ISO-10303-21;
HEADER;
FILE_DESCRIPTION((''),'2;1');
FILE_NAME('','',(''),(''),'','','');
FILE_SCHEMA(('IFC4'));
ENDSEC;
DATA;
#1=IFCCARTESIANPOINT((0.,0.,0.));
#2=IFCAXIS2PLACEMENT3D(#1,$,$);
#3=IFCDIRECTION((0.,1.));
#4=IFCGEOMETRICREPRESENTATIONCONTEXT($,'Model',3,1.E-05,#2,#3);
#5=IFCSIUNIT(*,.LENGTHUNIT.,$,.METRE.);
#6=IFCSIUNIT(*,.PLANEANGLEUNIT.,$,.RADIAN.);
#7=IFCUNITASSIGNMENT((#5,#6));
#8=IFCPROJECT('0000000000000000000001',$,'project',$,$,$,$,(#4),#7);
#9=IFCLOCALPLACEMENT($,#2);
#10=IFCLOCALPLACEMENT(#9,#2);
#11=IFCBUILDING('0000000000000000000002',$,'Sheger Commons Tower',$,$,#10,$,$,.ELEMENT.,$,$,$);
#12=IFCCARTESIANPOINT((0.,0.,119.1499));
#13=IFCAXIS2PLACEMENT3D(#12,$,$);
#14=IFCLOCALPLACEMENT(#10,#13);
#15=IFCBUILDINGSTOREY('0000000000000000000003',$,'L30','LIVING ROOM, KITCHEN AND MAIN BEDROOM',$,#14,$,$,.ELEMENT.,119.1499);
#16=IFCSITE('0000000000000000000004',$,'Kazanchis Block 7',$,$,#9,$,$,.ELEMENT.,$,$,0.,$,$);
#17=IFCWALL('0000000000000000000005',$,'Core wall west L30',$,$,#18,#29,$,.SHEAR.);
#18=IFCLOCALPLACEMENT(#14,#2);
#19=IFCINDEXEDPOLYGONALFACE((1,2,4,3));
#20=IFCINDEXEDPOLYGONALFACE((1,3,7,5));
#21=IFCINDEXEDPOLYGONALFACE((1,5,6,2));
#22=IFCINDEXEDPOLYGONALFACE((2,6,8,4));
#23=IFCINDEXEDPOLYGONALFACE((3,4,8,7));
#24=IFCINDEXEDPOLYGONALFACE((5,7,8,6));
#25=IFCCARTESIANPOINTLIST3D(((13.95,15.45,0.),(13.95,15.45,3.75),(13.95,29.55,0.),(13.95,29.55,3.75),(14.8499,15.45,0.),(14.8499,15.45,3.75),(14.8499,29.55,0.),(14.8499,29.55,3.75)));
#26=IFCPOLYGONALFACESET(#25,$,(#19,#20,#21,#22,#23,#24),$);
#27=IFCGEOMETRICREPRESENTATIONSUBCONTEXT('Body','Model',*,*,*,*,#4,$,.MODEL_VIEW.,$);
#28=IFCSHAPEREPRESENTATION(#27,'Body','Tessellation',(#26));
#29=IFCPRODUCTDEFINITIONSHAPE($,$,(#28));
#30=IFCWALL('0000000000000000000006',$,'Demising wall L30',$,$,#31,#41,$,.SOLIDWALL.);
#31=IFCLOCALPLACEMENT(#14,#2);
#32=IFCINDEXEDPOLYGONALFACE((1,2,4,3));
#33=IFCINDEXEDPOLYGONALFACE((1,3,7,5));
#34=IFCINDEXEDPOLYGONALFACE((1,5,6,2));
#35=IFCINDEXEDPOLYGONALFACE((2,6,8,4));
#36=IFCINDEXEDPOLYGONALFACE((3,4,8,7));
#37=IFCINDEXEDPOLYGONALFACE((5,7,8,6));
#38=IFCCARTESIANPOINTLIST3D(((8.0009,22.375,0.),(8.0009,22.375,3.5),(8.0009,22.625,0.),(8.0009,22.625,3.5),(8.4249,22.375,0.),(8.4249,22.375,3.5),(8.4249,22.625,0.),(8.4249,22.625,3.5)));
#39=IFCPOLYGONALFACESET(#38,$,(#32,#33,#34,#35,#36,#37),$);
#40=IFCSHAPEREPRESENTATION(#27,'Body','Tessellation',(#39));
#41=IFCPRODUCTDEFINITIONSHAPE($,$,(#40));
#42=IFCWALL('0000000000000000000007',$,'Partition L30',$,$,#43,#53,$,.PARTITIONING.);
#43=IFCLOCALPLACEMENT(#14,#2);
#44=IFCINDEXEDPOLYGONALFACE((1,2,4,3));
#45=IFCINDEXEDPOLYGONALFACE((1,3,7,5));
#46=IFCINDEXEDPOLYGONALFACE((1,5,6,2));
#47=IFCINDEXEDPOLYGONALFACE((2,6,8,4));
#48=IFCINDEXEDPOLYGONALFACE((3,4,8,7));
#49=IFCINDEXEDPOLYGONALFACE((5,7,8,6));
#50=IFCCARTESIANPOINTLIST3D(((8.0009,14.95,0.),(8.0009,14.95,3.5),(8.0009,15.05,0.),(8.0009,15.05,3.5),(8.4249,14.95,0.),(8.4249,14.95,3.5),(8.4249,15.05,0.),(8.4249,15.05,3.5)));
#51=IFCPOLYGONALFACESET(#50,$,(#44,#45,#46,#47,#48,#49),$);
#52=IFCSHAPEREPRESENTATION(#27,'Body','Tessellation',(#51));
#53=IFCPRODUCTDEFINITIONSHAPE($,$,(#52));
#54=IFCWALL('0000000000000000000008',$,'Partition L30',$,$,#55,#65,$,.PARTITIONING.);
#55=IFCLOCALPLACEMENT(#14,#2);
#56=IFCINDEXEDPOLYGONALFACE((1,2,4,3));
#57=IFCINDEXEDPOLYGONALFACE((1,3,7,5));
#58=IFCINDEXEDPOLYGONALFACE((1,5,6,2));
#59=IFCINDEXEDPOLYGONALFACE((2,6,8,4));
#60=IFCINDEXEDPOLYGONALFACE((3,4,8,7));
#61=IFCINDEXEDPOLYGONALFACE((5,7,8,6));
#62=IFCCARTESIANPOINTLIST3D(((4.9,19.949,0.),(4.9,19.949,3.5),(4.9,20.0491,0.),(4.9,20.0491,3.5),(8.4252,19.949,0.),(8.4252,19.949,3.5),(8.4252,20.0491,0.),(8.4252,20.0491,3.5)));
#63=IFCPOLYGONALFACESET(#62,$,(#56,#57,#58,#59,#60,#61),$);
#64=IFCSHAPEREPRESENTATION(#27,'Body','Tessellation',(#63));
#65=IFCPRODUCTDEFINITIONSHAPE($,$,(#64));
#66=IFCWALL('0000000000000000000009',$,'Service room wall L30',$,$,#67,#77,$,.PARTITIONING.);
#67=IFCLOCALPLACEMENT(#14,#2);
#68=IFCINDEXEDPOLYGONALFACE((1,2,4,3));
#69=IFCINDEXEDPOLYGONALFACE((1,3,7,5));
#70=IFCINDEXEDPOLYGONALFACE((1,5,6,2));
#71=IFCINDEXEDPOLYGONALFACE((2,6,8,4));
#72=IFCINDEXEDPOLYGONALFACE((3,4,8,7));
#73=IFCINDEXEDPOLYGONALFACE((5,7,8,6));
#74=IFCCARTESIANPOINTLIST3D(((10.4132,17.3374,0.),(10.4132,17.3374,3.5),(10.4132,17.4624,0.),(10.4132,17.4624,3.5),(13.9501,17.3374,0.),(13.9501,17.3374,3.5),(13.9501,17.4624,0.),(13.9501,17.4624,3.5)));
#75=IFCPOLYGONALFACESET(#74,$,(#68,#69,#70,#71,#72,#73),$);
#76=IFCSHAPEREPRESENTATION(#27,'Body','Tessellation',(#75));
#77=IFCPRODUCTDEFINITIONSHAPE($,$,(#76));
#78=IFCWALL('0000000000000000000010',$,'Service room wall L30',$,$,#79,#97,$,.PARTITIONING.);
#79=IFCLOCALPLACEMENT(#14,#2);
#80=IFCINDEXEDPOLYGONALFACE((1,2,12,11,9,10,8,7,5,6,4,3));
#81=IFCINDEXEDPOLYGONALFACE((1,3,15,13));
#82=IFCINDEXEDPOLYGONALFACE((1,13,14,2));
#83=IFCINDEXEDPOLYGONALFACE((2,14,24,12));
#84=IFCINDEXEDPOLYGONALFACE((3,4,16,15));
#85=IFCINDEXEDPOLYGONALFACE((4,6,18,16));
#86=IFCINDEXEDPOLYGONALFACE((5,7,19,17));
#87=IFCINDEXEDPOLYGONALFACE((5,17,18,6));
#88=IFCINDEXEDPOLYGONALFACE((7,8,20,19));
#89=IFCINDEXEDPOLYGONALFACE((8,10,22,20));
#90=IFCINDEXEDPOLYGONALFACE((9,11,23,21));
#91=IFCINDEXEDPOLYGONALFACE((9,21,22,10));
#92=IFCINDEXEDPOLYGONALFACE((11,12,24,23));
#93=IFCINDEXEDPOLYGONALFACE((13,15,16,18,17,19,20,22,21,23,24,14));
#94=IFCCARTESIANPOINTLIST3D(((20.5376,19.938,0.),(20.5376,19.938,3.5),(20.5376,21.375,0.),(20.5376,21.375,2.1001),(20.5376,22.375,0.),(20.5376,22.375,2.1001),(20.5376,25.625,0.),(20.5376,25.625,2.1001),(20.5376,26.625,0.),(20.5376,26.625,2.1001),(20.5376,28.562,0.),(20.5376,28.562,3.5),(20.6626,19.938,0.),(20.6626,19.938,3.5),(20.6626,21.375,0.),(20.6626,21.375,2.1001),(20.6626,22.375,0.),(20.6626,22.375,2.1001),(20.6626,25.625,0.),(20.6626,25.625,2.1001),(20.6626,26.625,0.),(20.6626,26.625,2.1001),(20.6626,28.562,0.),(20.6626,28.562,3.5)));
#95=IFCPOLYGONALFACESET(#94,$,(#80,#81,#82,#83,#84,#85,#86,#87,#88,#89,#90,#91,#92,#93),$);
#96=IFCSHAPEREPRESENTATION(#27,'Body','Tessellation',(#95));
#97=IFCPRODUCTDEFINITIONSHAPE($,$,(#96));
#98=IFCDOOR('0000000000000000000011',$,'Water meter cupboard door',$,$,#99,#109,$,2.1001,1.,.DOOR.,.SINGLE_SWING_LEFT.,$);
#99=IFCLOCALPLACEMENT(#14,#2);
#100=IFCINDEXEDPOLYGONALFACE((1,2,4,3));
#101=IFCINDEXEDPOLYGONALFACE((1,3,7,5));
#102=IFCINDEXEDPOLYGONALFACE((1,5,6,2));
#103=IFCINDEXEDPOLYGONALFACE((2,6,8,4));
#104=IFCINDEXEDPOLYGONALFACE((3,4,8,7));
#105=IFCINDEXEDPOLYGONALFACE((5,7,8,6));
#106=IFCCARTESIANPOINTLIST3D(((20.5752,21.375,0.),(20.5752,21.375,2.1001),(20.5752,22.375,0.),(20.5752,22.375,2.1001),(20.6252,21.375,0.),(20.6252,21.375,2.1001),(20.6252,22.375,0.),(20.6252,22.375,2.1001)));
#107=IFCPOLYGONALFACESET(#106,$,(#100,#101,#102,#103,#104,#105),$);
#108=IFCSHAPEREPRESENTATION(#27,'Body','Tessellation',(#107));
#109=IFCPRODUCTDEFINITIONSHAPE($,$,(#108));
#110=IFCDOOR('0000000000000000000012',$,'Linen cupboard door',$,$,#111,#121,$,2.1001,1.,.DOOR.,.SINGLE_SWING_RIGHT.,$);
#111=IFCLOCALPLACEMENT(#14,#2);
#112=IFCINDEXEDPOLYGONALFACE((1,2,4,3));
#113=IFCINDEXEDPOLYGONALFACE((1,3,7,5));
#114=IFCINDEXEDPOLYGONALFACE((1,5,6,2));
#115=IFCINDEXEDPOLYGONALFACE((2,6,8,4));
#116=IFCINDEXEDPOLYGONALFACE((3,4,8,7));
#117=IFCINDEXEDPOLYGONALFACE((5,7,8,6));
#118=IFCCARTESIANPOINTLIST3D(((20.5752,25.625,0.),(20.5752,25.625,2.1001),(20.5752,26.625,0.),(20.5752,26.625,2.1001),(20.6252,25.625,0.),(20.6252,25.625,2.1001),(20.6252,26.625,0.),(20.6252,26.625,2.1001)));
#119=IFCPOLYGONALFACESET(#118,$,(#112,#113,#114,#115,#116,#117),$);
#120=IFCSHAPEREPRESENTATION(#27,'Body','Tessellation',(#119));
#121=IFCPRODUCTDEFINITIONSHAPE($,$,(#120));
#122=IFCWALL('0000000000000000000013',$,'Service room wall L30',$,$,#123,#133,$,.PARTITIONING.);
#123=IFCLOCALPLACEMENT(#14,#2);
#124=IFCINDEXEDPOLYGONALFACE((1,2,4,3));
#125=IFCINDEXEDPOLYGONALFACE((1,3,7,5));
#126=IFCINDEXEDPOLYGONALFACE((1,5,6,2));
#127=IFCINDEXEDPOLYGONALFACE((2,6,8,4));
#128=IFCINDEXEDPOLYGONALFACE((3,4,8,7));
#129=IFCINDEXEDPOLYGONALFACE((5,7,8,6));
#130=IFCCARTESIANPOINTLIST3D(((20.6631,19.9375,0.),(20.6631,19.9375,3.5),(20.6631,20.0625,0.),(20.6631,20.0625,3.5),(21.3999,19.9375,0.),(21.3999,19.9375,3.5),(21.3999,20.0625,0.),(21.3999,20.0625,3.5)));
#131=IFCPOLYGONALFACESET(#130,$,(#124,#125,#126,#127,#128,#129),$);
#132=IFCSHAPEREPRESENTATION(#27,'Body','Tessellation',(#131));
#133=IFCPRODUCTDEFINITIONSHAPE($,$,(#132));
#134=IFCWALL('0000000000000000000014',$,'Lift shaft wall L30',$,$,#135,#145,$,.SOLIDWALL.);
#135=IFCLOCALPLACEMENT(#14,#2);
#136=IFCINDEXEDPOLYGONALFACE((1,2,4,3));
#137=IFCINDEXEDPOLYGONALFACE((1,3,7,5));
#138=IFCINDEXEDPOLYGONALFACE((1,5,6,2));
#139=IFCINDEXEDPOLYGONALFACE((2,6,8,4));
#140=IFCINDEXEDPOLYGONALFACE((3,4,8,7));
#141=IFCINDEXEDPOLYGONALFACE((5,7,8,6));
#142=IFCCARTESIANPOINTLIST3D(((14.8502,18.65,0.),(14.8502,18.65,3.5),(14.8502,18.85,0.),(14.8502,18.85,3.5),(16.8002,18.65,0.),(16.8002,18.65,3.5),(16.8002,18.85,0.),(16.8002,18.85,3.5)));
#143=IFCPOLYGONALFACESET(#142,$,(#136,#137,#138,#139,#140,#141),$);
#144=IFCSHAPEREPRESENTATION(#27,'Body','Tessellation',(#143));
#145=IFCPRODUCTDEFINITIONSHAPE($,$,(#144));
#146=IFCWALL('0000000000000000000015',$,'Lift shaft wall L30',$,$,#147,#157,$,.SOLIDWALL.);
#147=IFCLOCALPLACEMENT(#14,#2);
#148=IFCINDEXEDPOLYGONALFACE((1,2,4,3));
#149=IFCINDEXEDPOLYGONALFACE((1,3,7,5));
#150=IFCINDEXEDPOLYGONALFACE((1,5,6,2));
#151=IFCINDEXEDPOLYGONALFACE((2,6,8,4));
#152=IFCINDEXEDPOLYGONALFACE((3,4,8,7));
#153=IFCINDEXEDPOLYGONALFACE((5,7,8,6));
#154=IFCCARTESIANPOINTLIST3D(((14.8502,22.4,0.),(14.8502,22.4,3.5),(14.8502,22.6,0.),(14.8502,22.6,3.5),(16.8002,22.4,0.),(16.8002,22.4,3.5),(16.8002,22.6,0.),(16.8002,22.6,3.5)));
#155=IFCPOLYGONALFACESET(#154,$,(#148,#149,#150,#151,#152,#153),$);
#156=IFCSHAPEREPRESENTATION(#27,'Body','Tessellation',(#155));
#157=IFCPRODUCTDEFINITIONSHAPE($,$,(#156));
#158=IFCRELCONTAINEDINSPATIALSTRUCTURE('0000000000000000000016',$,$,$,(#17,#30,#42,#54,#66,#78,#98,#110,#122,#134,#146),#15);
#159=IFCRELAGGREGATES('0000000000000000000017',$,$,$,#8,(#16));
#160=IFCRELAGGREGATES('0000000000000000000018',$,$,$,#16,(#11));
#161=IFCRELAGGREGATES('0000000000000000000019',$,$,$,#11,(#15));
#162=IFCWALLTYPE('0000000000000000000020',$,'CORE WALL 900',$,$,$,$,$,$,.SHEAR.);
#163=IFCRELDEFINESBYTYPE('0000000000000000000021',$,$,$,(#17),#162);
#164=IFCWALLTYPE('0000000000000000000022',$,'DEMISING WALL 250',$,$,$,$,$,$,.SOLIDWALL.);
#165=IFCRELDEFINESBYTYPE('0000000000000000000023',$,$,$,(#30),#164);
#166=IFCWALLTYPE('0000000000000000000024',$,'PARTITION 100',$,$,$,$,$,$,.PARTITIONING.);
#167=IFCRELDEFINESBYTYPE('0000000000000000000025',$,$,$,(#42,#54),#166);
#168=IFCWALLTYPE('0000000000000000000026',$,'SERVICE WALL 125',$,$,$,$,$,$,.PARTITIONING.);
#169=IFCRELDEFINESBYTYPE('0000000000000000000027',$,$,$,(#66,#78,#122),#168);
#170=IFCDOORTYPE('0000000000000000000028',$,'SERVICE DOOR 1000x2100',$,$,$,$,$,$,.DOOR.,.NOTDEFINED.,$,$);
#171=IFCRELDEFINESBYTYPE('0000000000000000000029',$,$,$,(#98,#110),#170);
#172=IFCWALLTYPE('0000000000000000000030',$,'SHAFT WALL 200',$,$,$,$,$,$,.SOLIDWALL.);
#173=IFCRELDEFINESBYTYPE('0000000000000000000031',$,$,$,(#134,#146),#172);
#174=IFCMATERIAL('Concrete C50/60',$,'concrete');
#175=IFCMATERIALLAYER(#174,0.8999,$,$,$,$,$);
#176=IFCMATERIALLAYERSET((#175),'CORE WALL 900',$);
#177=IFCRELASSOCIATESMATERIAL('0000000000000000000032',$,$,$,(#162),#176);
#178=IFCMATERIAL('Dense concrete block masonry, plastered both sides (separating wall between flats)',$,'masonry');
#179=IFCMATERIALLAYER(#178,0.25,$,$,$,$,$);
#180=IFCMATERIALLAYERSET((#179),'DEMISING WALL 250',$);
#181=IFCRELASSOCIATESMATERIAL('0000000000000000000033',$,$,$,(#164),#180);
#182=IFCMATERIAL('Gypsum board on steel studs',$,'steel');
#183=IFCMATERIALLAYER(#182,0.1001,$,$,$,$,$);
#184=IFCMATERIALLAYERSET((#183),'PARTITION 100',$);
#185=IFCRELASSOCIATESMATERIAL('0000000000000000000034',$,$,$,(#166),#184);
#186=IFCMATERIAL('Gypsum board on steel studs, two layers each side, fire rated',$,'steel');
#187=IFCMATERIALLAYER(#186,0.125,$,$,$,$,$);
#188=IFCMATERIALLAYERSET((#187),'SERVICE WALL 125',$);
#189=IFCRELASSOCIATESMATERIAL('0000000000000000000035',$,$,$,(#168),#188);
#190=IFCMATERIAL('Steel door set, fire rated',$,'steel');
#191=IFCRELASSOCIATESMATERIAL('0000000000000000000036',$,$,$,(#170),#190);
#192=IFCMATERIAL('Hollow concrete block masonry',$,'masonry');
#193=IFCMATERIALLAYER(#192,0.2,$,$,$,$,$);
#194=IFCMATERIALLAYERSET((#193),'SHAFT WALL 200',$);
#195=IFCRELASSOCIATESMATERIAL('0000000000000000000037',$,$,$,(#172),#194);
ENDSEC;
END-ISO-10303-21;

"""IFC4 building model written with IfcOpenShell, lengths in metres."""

from ifc_helpers import new_model, si_unit, direction, frame, frame_2d, origin, place, context, subcontext, project, spatial, rectangle, extrude, material, layer, layer_set, type_object, element, fill, save


model = new_model("IFC4")

# Units and contexts
model_context = context("Model", 3, precision=1e-05, world=origin(), true_north=direction((0.0, 1.0)))
body_context = subcontext(model_context, "Body", "Model", "MODEL_VIEW")
ifc_project = project(units=[si_unit("LENGTHUNIT", "METRE"), si_unit("PLANEANGLEUNIT", "RADIAN")], contexts=[model_context])

# Site, building, storey
site_placement = place(None, origin())
site = spatial("IfcSite", under=ifc_project, at=site_placement, Name="Kazanchis Block 7", CompositionType="ELEMENT", RefElevation=0.0)
building_placement = place(site_placement, origin())
building = spatial("IfcBuilding", under=site, at=building_placement, Name="Sheger Commons Tower", CompositionType="ELEMENT")
storey_placement = place(building_placement, frame((0.0, 0.0, 119.1499)))
storey = spatial("IfcBuildingStorey", under=building, at=storey_placement, Name="L30", Description="LIVING ROOM, KITCHEN AND MAIN BEDROOM", CompositionType="ELEMENT", Elevation=119.1499)

# Shared definitions
ifc_material_1 = material(Name="Concrete C50/60", Category="concrete")
ifc_layer_1 = layer(ifc_material_1, 0.8999)
ifc_layer_set_1 = layer_set([ifc_layer_1], Name="CORE WALL 900")
wall_type_1 = type_object("IfcWallType", Name="CORE WALL 900", PredefinedType="SHEAR", material=ifc_layer_set_1)

# Walls
wall_1_placement = place(storey_placement, frame((14.3999, 15.45, 0.0), z_axis=(0.0, 0.0, 1.0), x_axis=(0.0, 1.0, 0.0)))
element("IfcWall", 1, at=wall_1_placement, inside=storey, type_object=wall_type_1, Name="Core wall west L30", PredefinedType="SHEAR", context=body_context, shape_type="SweptSolid", body=[
    extrude(rectangle(XDim=14.1001, YDim=0.8999, at=frame_2d((7.05, 0.0))), origin(), (0.0, 0.0, 1.0), 3.75),
])
ifc_material_2 = material(Name="Dense concrete block masonry, plastered both sides (separating wall between flats)", Category="masonry")
ifc_layer_2 = layer(ifc_material_2, 0.25)
ifc_layer_set_2 = layer_set([ifc_layer_2], Name="DEMISING WALL 250")
wall_type_2 = type_object("IfcWallType", Name="DEMISING WALL 250", PredefinedType="SOLIDWALL", material=ifc_layer_set_2)
wall_2_placement = place(storey_placement, frame((8.001, 22.5, 0.0), z_axis=(0.0, 0.0, 1.0), x_axis=(1.0, 0.0, 0.0)))
element("IfcWall", 2, at=wall_2_placement, inside=storey, type_object=wall_type_2, Name="Demising wall L30", PredefinedType="SOLIDWALL", context=body_context, shape_type="SweptSolid", body=[
    extrude(rectangle(XDim=0.4241, YDim=0.25, at=frame_2d((0.2119, 0.0))), origin(), (0.0, 0.0, 1.0), 3.5),
])
ifc_material_3 = material(Name="Gypsum board on steel studs", Category="steel")
ifc_layer_3 = layer(ifc_material_3, 0.1001)
ifc_layer_set_3 = layer_set([ifc_layer_3], Name="PARTITION 100")
wall_type_3 = type_object("IfcWallType", Name="PARTITION 100", PredefinedType="PARTITIONING", material=ifc_layer_set_3)
wall_3_placement = place(storey_placement, frame((8.001, 15.0, 0.0), z_axis=(0.0, 0.0, 1.0), x_axis=(1.0, 0.0, 0.0)))
element("IfcWall", 3, at=wall_3_placement, inside=storey, type_object=wall_type_3, Name="Partition L30", PredefinedType="PARTITIONING", context=body_context, shape_type="SweptSolid", body=[
    extrude(rectangle(XDim=0.4241, YDim=0.1001, at=frame_2d((0.2119, 0.0))), origin(), (0.0, 0.0, 1.0), 3.5),
])
wall_4_placement = place(storey_placement, frame((4.8999, 19.999, 0.0), z_axis=(0.0, 0.0, 1.0), x_axis=(1.0, 0.0, 0.0)))
element("IfcWall", 4, at=wall_4_placement, inside=storey, type_object=wall_type_3, Name="Partition L30", PredefinedType="PARTITIONING", context=body_context, shape_type="SweptSolid", body=[
    extrude(rectangle(XDim=3.5251, YDim=0.1001, at=frame_2d((1.7627, 0.0))), origin(), (0.0, 0.0, 1.0), 3.5),
])
ifc_material_4 = material(Name="Gypsum board on steel studs, two layers each side, fire rated", Category="steel")
ifc_layer_4 = layer(ifc_material_4, 0.125)
ifc_layer_set_4 = layer_set([ifc_layer_4], Name="SERVICE WALL 125")
wall_type_4 = type_object("IfcWallType", Name="SERVICE WALL 125", PredefinedType="PARTITIONING", material=ifc_layer_set_4)
wall_5_placement = place(storey_placement, frame((10.4131, 17.3999, 0.0), z_axis=(0.0, 0.0, 1.0), x_axis=(1.0, 0.0, 0.0)))
element("IfcWall", 5, at=wall_5_placement, inside=storey, type_object=wall_type_4, Name="Service room wall L30", PredefinedType="PARTITIONING", context=body_context, shape_type="SweptSolid", body=[
    extrude(rectangle(XDim=3.5369, YDim=0.125, at=frame_2d((1.7686, 0.0))), origin(), (0.0, 0.0, 1.0), 3.5),
])

# Wall, openings, doors
wall_6_placement = place(storey_placement, frame((20.6001, 19.938, 0.0), z_axis=(0.0, 0.0, 1.0), x_axis=(0.0, 1.0, 0.0)))
wall_6 = element("IfcWall", 6, at=wall_6_placement, inside=storey, type_object=wall_type_4, Name="Service room wall L30", PredefinedType="PARTITIONING", context=body_context, shape_type="SweptSolid", body=[
    extrude(rectangle(XDim=8.624, YDim=0.125, at=frame_2d((4.312, 0.0))), origin(), (0.0, 0.0, 1.0), 3.5),
])
opening_1_placement = place(wall_6_placement, frame((1.437, 0.0, 0.0)))
opening_1 = element("IfcOpeningElement", 7, at=opening_1_placement, cuts=wall_6, PredefinedType="OPENING", context=body_context, shape_type="SweptSolid", body=[
    extrude(rectangle(XDim=1.0, YDim=2.1001, at=frame_2d((0.5, 1.05))), frame((0.0, 0.0725, 0.0), z_axis=(0.0, -1.0, 0.0), x_axis=(1.0, 0.0, 0.0)), (0.0, 0.0, 1.0), 0.145),
])
opening_2_placement = place(wall_6_placement, frame((5.687, 0.0, 0.0)))
opening_2 = element("IfcOpeningElement", 8, at=opening_2_placement, cuts=wall_6, PredefinedType="OPENING", context=body_context, shape_type="SweptSolid", body=[
    extrude(rectangle(XDim=1.0, YDim=2.1001, at=frame_2d((0.5, 1.05))), frame((0.0, 0.0725, 0.0), z_axis=(0.0, -1.0, 0.0), x_axis=(1.0, 0.0, 0.0)), (0.0, 0.0, 1.0), 0.145),
])
ifc_material_5 = material(Name="Steel door set, fire rated", Category="steel")
door_type_1 = type_object("IfcDoorType", Name="SERVICE DOOR 1000x2100", OperationType="NOTDEFINED", PredefinedType="DOOR", material=ifc_material_5)
door_1_placement = place(opening_1_placement, origin())
door_1 = element("IfcDoor", 9, at=door_1_placement, inside=storey, type_object=door_type_1, Name="Water meter cupboard door", OperationType="SINGLE_SWING_LEFT", OverallHeight=2.1001, OverallWidth=1.0, PredefinedType="DOOR", context=body_context, shape_type="SweptSolid", body=[
    extrude(rectangle(XDim=1.0, YDim=2.1001, at=frame_2d((0.5, 1.05))), frame((0.0, 0.0249, 0.0), z_axis=(0.0, -1.0, 0.0), x_axis=(1.0, 0.0, 0.0)), (0.0, 0.0, 1.0), 0.05),
])
fill(opening_1, door_1)
door_2_placement = place(opening_2_placement, origin())
door_2 = element("IfcDoor", 10, at=door_2_placement, inside=storey, type_object=door_type_1, Name="Linen cupboard door", OperationType="SINGLE_SWING_RIGHT", OverallHeight=2.1001, OverallWidth=1.0, PredefinedType="DOOR", context=body_context, shape_type="SweptSolid", body=[
    extrude(rectangle(XDim=1.0, YDim=2.1001, at=frame_2d((0.5, 1.05))), frame((0.0, 0.0249, 0.0), z_axis=(0.0, -1.0, 0.0), x_axis=(1.0, 0.0, 0.0)), (0.0, 0.0, 1.0), 0.05),
])
fill(opening_2, door_2)

# Walls
wall_7_placement = place(storey_placement, frame((20.6631, 20.0, 0.0), z_axis=(0.0, 0.0, 1.0), x_axis=(1.0, 0.0, 0.0)))
element("IfcWall", 11, at=wall_7_placement, inside=storey, type_object=wall_type_4, Name="Service room wall L30", PredefinedType="PARTITIONING", context=body_context, shape_type="SweptSolid", body=[
    extrude(rectangle(XDim=0.7368, YDim=0.125, at=frame_2d((0.3684, 0.0))), origin(), (0.0, 0.0, 1.0), 3.5),
])
ifc_material_6 = material(Name="Hollow concrete block masonry", Category="masonry")
ifc_layer_5 = layer(ifc_material_6, 0.2)
ifc_layer_set_5 = layer_set([ifc_layer_5], Name="SHAFT WALL 200")
wall_type_5 = type_object("IfcWallType", Name="SHAFT WALL 200", PredefinedType="SOLIDWALL", material=ifc_layer_set_5)
for number, where, z_axis, x_axis, name in (
    (12, (14.8501, 18.75, 0.0), (0.0, 0.0, 1.0), (1.0, 0.0, 0.0), "Lift shaft wall L30"),
    (13, (14.8501, 22.5, 0.0), (0.0, 0.0, 1.0), (1.0, 0.0, 0.0), "Lift shaft wall L30"),
):
    element("IfcWall", number, at=place(storey_placement, frame(where, z_axis=z_axis, x_axis=x_axis)), inside=storey, type_object=wall_type_5, Name=name, PredefinedType="SOLIDWALL", context=body_context, shape_type="SweptSolid", body=[
        extrude(rectangle(XDim=1.95, YDim=0.2, at=frame_2d((0.9751, 0.0))), origin(), (0.0, 0.0, 1.0), 3.5),
    ])

save(model, "model.ifc")
